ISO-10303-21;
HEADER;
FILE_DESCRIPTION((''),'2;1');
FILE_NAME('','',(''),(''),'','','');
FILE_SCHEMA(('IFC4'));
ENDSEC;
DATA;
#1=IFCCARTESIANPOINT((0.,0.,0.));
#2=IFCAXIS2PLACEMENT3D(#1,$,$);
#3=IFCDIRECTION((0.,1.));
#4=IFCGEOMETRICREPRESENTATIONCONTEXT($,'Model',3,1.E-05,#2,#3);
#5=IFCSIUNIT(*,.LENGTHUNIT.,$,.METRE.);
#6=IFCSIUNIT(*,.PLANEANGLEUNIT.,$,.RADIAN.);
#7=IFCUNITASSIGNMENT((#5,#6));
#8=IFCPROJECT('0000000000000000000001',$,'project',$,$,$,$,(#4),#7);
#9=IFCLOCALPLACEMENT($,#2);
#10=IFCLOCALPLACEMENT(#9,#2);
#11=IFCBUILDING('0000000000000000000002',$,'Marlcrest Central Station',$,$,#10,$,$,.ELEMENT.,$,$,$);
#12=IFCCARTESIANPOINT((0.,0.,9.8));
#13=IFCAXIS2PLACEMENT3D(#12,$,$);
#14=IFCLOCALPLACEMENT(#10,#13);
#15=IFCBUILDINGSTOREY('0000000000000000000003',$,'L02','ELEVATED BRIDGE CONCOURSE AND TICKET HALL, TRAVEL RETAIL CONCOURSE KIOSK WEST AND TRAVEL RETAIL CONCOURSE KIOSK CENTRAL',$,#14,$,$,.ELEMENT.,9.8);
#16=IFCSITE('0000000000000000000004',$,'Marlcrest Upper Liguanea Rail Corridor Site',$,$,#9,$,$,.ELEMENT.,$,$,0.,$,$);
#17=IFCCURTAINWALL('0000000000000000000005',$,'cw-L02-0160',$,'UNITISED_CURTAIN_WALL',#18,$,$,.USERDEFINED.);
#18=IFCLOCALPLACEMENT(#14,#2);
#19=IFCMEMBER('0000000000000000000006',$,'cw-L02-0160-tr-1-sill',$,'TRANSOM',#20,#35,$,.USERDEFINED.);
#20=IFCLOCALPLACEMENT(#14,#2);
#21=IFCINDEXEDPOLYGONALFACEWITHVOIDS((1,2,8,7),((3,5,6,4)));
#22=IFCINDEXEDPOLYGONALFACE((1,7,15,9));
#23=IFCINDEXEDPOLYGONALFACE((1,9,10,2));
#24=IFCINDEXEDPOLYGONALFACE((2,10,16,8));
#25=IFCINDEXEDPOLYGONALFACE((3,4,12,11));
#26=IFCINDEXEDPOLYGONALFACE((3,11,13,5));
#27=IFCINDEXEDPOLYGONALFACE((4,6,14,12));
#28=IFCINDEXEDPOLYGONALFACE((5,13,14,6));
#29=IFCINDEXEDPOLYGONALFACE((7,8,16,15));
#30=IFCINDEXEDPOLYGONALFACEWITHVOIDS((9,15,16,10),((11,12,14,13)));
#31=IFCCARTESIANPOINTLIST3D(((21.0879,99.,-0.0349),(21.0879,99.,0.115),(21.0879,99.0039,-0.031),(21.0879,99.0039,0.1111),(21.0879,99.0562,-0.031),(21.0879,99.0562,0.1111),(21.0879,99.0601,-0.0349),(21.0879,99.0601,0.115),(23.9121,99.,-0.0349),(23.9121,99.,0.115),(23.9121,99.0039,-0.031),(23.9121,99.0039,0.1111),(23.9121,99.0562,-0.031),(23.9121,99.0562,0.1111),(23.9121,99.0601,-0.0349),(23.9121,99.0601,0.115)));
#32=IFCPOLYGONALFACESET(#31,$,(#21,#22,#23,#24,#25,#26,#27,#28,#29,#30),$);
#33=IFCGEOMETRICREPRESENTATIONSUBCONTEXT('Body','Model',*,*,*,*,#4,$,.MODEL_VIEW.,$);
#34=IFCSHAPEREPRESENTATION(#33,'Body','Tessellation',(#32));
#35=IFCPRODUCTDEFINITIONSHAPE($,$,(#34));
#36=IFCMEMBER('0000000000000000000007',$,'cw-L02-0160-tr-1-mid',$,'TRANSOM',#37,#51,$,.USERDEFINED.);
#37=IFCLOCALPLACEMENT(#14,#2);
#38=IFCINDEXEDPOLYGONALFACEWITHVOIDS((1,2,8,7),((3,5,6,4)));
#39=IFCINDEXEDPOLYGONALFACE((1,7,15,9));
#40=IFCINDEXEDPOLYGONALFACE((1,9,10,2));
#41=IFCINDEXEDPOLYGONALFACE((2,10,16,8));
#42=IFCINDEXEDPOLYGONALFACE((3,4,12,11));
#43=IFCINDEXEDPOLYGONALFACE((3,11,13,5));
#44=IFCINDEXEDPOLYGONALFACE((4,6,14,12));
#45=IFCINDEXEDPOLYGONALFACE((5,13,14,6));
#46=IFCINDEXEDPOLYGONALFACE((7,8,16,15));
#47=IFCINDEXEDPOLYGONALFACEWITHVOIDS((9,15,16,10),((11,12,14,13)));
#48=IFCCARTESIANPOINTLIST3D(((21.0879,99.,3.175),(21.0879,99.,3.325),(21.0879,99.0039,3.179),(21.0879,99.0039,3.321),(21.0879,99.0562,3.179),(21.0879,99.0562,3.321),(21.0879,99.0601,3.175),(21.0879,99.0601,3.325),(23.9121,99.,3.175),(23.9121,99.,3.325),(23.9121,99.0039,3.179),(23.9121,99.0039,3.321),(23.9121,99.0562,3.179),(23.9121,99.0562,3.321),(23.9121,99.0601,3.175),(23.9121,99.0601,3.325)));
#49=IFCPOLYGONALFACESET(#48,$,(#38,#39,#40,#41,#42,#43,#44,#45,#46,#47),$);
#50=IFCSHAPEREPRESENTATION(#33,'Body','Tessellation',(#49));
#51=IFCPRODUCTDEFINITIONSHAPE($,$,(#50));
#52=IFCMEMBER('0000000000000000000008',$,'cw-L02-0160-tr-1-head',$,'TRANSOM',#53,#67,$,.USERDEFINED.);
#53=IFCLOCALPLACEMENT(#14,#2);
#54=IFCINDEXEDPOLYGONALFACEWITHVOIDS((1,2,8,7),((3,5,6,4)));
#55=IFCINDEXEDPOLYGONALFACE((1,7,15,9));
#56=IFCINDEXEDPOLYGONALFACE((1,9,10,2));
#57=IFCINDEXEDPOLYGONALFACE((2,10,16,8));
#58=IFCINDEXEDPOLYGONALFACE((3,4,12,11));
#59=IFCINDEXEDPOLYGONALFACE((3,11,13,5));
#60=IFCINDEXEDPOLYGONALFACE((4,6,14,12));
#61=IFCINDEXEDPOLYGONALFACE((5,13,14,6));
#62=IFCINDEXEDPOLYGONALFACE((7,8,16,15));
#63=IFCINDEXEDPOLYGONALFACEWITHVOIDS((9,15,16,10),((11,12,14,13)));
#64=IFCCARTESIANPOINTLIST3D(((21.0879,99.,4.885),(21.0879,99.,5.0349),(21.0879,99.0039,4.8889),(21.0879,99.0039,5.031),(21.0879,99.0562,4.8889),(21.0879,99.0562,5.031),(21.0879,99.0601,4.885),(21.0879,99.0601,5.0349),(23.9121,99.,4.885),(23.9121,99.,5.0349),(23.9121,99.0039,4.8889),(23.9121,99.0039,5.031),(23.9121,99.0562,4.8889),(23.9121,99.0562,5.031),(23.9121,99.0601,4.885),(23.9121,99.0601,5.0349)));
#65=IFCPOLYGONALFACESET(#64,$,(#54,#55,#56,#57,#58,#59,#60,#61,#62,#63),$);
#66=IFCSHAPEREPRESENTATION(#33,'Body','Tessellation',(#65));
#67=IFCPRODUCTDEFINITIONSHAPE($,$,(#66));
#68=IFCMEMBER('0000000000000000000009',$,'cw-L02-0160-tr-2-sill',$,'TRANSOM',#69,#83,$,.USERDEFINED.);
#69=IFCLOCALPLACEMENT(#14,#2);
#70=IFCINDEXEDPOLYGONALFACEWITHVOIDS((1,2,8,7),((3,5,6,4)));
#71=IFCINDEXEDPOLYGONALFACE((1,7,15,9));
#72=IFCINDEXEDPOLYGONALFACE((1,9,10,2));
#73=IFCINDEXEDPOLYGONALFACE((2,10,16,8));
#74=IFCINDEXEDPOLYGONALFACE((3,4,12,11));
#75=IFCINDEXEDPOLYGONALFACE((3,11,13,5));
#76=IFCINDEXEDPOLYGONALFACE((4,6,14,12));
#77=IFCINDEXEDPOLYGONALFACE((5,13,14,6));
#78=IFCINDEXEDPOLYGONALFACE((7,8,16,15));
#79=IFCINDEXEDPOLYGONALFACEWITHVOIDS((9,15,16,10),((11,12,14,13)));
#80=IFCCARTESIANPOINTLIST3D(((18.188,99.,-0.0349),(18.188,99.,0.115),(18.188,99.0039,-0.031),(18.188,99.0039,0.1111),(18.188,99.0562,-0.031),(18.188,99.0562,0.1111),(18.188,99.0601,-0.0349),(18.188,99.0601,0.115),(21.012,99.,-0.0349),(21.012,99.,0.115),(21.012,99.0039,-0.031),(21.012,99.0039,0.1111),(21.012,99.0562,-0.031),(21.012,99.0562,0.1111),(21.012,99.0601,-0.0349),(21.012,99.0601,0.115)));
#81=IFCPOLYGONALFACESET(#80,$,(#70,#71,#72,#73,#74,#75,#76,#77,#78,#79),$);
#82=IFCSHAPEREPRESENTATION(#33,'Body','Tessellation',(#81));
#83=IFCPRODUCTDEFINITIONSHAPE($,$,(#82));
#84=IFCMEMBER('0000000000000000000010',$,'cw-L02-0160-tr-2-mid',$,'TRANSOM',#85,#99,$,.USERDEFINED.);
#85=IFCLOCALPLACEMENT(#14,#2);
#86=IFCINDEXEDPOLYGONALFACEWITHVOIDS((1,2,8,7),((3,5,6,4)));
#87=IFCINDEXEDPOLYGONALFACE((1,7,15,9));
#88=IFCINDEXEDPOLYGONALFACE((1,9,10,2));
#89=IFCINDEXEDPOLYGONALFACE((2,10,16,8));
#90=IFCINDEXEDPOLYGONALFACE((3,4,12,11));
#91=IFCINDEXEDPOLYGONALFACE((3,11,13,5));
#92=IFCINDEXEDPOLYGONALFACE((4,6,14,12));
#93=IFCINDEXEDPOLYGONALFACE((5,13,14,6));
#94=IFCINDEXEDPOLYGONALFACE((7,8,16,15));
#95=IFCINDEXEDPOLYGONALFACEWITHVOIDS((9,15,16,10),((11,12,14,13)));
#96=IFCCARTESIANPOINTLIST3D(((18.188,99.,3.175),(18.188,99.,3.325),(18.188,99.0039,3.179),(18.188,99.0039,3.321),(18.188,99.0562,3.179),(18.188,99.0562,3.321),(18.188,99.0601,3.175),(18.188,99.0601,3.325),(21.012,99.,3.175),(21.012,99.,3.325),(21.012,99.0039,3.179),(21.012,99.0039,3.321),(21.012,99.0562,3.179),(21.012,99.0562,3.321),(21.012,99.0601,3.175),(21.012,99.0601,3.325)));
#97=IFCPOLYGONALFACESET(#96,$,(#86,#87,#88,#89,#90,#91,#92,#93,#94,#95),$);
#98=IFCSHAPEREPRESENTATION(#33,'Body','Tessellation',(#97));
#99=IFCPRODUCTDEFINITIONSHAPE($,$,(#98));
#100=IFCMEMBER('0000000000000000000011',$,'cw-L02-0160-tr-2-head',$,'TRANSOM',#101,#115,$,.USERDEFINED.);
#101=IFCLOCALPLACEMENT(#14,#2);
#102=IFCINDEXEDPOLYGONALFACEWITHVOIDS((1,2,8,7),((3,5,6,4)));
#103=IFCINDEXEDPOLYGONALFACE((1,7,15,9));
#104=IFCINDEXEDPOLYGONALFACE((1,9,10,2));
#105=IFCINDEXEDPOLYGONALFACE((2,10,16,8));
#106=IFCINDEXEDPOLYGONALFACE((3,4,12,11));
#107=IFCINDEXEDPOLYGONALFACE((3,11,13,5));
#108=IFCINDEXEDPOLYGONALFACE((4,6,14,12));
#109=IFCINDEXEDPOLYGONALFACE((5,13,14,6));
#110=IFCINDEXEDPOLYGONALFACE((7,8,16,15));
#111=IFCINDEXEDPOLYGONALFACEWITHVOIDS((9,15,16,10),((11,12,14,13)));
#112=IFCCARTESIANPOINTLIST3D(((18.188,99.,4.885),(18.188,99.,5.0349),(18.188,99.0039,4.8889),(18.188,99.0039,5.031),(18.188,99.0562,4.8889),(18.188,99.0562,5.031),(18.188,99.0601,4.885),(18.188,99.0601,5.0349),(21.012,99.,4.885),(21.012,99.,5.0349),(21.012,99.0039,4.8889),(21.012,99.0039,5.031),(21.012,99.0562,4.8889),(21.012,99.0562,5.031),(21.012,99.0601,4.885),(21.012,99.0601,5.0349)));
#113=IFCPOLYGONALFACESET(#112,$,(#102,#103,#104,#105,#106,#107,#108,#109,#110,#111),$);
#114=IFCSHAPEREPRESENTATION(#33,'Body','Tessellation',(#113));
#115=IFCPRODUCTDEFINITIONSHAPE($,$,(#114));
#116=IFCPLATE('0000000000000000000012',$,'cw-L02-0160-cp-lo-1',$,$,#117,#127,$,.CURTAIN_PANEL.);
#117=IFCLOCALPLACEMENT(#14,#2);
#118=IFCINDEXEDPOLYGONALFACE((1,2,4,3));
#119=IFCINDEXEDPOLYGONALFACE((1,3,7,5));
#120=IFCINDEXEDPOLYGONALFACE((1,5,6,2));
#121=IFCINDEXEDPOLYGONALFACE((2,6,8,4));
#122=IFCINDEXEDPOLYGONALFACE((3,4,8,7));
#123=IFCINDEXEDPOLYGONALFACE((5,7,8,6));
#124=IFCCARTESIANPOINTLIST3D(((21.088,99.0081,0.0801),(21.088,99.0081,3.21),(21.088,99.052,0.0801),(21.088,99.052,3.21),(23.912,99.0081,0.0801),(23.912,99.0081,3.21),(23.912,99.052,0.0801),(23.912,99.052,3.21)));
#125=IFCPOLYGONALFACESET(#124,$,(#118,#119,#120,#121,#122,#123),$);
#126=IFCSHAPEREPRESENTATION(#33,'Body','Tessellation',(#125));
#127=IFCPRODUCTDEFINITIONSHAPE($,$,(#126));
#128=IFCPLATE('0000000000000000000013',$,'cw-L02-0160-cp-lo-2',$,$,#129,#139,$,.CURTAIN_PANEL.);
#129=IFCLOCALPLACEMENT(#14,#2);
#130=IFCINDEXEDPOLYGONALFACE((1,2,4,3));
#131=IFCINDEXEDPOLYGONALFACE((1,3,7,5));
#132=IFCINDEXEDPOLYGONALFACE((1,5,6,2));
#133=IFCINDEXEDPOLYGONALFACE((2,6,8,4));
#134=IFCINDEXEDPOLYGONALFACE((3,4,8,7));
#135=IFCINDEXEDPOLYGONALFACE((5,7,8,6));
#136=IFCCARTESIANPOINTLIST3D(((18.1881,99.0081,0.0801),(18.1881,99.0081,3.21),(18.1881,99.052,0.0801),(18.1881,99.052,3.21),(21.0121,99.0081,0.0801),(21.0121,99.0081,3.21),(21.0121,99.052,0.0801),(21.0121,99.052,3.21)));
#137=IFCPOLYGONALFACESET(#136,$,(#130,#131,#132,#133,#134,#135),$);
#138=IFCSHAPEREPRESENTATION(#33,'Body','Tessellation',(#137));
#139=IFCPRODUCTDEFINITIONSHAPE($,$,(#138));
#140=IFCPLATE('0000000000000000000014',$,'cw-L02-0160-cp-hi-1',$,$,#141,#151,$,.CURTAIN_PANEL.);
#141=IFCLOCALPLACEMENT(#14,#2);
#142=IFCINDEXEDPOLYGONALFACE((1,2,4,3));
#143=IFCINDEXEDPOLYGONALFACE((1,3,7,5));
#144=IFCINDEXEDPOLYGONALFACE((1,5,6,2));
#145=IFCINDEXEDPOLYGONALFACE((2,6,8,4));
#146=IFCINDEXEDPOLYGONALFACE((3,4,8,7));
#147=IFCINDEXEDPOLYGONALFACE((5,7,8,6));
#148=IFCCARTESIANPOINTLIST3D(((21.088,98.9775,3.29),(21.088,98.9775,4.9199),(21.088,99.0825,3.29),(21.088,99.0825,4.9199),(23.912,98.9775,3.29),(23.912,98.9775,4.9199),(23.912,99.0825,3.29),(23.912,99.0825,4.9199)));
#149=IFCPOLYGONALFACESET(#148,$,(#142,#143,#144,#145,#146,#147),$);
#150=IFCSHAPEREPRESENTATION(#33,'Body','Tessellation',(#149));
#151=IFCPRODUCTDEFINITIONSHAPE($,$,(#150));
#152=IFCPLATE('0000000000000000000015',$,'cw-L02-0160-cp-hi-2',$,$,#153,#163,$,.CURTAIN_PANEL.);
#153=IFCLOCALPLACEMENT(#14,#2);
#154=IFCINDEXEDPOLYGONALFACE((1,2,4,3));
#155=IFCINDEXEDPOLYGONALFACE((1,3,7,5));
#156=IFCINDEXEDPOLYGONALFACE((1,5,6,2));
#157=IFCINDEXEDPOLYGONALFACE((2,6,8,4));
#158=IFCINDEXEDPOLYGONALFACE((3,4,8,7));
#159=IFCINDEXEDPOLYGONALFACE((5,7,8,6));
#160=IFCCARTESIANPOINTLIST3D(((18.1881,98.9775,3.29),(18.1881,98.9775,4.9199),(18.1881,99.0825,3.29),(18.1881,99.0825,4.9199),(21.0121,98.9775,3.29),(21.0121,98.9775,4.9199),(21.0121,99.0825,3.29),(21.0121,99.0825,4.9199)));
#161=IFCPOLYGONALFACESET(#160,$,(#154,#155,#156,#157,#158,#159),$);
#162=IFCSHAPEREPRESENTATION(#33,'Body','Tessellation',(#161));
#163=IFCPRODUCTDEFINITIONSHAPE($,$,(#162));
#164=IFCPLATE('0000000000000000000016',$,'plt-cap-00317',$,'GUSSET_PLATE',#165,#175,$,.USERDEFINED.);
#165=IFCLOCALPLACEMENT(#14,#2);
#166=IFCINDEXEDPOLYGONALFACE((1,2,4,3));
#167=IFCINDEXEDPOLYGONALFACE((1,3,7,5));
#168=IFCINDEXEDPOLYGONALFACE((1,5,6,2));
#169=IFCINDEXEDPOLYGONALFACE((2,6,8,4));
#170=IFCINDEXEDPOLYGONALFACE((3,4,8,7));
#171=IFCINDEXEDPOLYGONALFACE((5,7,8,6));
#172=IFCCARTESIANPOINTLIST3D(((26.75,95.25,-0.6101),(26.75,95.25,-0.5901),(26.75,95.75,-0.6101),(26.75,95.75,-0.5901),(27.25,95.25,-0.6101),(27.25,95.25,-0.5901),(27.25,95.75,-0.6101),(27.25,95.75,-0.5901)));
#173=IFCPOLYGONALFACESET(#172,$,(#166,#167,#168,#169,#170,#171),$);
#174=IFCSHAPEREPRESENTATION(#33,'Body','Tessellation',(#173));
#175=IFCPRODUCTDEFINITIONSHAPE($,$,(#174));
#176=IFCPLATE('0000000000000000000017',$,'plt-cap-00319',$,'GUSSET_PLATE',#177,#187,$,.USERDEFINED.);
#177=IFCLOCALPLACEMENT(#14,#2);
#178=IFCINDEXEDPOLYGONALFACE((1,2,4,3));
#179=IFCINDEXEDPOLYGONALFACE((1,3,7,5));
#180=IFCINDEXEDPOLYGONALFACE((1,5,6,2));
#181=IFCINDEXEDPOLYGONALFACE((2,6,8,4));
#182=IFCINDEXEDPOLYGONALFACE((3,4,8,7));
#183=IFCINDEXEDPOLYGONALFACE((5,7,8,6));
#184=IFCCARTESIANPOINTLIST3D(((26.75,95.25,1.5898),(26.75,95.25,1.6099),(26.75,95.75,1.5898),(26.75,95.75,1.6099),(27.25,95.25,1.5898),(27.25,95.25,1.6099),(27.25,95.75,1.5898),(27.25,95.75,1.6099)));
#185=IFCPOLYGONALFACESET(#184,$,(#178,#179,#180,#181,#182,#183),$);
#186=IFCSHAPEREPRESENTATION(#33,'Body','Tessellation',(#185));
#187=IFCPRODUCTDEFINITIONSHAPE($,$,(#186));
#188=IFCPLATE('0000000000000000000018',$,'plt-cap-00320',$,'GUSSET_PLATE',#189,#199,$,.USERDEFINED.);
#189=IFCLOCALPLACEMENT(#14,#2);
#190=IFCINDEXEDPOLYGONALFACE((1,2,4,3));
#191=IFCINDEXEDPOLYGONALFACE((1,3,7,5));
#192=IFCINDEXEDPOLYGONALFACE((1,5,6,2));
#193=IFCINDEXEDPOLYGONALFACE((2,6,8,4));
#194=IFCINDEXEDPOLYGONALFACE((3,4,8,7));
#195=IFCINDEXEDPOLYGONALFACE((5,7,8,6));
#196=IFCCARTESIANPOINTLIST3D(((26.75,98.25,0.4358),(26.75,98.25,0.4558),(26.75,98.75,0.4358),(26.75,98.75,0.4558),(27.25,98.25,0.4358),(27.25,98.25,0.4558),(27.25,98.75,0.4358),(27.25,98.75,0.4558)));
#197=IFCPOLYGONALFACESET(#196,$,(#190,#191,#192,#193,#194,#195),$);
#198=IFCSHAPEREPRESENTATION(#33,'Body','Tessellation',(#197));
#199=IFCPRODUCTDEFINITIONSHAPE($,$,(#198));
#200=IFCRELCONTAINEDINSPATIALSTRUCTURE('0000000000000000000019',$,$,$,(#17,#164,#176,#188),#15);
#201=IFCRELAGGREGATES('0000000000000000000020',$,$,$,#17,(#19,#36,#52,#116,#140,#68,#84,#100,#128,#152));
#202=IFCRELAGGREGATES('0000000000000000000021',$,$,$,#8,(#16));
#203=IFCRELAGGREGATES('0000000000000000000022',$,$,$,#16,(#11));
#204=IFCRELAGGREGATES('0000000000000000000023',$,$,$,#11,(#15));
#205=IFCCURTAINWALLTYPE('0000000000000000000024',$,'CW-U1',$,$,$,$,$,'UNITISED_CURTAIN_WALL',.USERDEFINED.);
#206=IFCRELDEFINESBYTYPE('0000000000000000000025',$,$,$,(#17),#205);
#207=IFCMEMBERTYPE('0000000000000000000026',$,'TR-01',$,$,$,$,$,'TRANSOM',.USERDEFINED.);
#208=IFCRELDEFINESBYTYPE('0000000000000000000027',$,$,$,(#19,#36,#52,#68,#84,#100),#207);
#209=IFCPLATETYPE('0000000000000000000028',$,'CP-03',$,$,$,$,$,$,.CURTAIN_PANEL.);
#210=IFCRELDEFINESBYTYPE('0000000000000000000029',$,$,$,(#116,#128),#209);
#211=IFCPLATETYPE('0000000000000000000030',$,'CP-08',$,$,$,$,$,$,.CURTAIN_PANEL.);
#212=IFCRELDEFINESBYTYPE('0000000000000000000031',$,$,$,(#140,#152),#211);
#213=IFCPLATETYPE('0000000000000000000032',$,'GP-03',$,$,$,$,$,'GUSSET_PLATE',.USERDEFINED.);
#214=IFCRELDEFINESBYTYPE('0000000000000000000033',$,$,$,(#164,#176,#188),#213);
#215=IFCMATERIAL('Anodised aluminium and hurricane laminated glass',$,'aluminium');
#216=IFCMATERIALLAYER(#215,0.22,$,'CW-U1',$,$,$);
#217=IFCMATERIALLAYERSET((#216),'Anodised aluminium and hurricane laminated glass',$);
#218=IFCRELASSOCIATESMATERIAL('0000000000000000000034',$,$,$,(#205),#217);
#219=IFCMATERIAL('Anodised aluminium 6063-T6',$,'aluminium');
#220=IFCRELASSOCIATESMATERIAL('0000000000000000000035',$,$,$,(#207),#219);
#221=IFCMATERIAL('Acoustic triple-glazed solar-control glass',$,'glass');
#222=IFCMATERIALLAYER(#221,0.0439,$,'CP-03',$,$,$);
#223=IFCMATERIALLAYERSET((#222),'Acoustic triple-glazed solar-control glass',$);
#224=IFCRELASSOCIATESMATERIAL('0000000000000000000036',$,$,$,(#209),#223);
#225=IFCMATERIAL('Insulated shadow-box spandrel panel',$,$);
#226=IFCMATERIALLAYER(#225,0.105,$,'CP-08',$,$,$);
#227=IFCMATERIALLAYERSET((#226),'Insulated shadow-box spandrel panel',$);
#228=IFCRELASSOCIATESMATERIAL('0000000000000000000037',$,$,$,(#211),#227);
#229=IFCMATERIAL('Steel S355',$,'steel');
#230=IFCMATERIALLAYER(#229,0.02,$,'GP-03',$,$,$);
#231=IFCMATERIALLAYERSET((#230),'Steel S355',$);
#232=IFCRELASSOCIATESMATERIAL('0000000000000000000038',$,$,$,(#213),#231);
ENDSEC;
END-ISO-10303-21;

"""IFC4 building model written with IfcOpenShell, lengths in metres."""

from ifc_helpers import new_model, si_unit, direction, frame, origin, origin_2d, place, context, subcontext, project, spatial, rectangle, hollow_rectangle, extrude, material, layer, layer_set, material_profile, profile_set, type_object, element, aggregate, save


model = new_model("IFC4")

# Units and contexts
model_context = context("Model", 3, precision=1e-05, world=origin(), true_north=direction((0.0, 1.0)))
body_context = subcontext(model_context, "Body", "Model", "MODEL_VIEW")
ifc_project = project(units=[si_unit("LENGTHUNIT", "METRE"), si_unit("PLANEANGLEUNIT", "RADIAN")], contexts=[model_context])

# Site, building, storey
site_placement = place(None, origin())
site = spatial("IfcSite", under=ifc_project, at=site_placement, Name="Marlcrest Upper Liguanea Rail Corridor Site", CompositionType="ELEMENT", RefElevation=0.0)
building_placement = place(site_placement, origin())
building = spatial("IfcBuilding", under=site, at=building_placement, Name="Marlcrest Central Station", CompositionType="ELEMENT")
storey_placement = place(building_placement, frame((0.0, 0.0, 9.8)))
storey = spatial("IfcBuildingStorey", under=building, at=storey_placement, Name="L02", Description="ELEVATED BRIDGE CONCOURSE AND TICKET HALL, TRAVEL RETAIL CONCOURSE KIOSK WEST AND TRAVEL RETAIL CONCOURSE KIOSK CENTRAL", CompositionType="ELEMENT", Elevation=9.8)

# Shared definitions
ifc_material_1 = material(Name="Steel S355", Category="steel")

# Curtain wall
ifc_material_2 = material(Name="Anodised aluminium and hurricane laminated glass", Category="aluminium")
ifc_layer_1 = layer(ifc_material_2, 0.22, Name="CW-U1")
ifc_layer_set_1 = layer_set([ifc_layer_1], Name="Anodised aluminium and hurricane laminated glass")
curtain_wall_type = type_object("IfcCurtainWallType", Name="CW-U1", ElementType="UNITISED_CURTAIN_WALL", PredefinedType="USERDEFINED", material=ifc_layer_set_1)
curtain_wall_placement = place(storey_placement, origin())
curtain_wall = element("IfcCurtainWall", 1, at=curtain_wall_placement, inside=storey, type_object=curtain_wall_type, Name="cw-L02-0160", ObjectType="UNITISED_CURTAIN_WALL", PredefinedType="USERDEFINED")
ifc_material_3 = material(Name="Anodised aluminium 6063-T6", Category="aluminium")

# Members
ifc_material_profile_1 = material_profile(ifc_material_3, hollow_rectangle(XDim=0.0601, YDim=0.1499, WallThickness=0.0039, at=origin_2d()), Name="AA-RHS 150x60x4")
ifc_profile_set_1 = profile_set([ifc_material_profile_1], Name="Anodised aluminium 6063-T6")
member_type_1 = type_object("IfcMemberType", Name="TR-01", ElementType="TRANSOM", PredefinedType="USERDEFINED", material=ifc_profile_set_1)
member_1_placement = place(storey_placement, frame((23.9121, 99.03, 0.04), z_axis=(-1.0, 0.0, 0.0), x_axis=(0.0, -1.0, 0.0)))
member_1 = element("IfcMember", 2, at=member_1_placement, type_object=member_type_1, Name="cw-L02-0160-tr-1-sill", ObjectType="TRANSOM", PredefinedType="USERDEFINED", context=body_context, shape_type="SweptSolid", body=[
    extrude(hollow_rectangle(XDim=0.0601, YDim=0.1499, WallThickness=0.0039, at=origin_2d()), origin(), (0.0, 0.0, 1.0), 2.8242),
])
member_2_placement = place(storey_placement, frame((23.9121, 99.03, 3.25), z_axis=(-1.0, 0.0, 0.0), x_axis=(0.0, -1.0, 0.0)))
member_2 = element("IfcMember", 3, at=member_2_placement, type_object=member_type_1, Name="cw-L02-0160-tr-1-mid", ObjectType="TRANSOM", PredefinedType="USERDEFINED", context=body_context, shape_type="SweptSolid", body=[
    extrude(hollow_rectangle(XDim=0.0601, YDim=0.1499, WallThickness=0.0039, at=origin_2d()), origin(), (0.0, 0.0, 1.0), 2.8242),
])
member_3_placement = place(storey_placement, frame((23.9121, 99.03, 4.96), z_axis=(-1.0, 0.0, 0.0), x_axis=(0.0, -1.0, 0.0)))
member_3 = element("IfcMember", 4, at=member_3_placement, type_object=member_type_1, Name="cw-L02-0160-tr-1-head", ObjectType="TRANSOM", PredefinedType="USERDEFINED", context=body_context, shape_type="SweptSolid", body=[
    extrude(hollow_rectangle(XDim=0.0601, YDim=0.1499, WallThickness=0.0039, at=origin_2d()), origin(), (0.0, 0.0, 1.0), 2.8242),
])
member_4_placement = place(storey_placement, frame((21.012, 99.03, 0.04), z_axis=(-1.0, 0.0, 0.0), x_axis=(0.0, -1.0, 0.0)))
member_4 = element("IfcMember", 5, at=member_4_placement, type_object=member_type_1, Name="cw-L02-0160-tr-2-sill", ObjectType="TRANSOM", PredefinedType="USERDEFINED", context=body_context, shape_type="SweptSolid", body=[
    extrude(hollow_rectangle(XDim=0.0601, YDim=0.1499, WallThickness=0.0039, at=origin_2d()), origin(), (0.0, 0.0, 1.0), 2.824),
])
member_5_placement = place(storey_placement, frame((21.012, 99.03, 3.25), z_axis=(-1.0, 0.0, 0.0), x_axis=(0.0, -1.0, 0.0)))
member_5 = element("IfcMember", 6, at=member_5_placement, type_object=member_type_1, Name="cw-L02-0160-tr-2-mid", ObjectType="TRANSOM", PredefinedType="USERDEFINED", context=body_context, shape_type="SweptSolid", body=[
    extrude(hollow_rectangle(XDim=0.0601, YDim=0.1499, WallThickness=0.0039, at=origin_2d()), origin(), (0.0, 0.0, 1.0), 2.824),
])
member_6_placement = place(storey_placement, frame((21.012, 99.03, 4.96), z_axis=(-1.0, 0.0, 0.0), x_axis=(0.0, -1.0, 0.0)))
member_6 = element("IfcMember", 7, at=member_6_placement, type_object=member_type_1, Name="cw-L02-0160-tr-2-head", ObjectType="TRANSOM", PredefinedType="USERDEFINED", context=body_context, shape_type="SweptSolid", body=[
    extrude(hollow_rectangle(XDim=0.0601, YDim=0.1499, WallThickness=0.0039, at=origin_2d()), origin(), (0.0, 0.0, 1.0), 2.824),
])

# Plates
ifc_material_4 = material(Name="Acoustic triple-glazed solar-control glass", Category="glass")
ifc_layer_2 = layer(ifc_material_4, 0.0439, Name="CP-03")
ifc_layer_set_2 = layer_set([ifc_layer_2], Name="Acoustic triple-glazed solar-control glass")
plate_type_1 = type_object("IfcPlateType", Name="CP-03", PredefinedType="CURTAIN_PANEL", material=ifc_layer_set_2)
plate_1_placement = place(storey_placement, frame((22.5, 99.03, 0.0801), z_axis=(0.0, 0.0, 1.0), x_axis=(-1.0, 0.0, 0.0)))
plate_1 = element("IfcPlate", 8, at=plate_1_placement, type_object=plate_type_1, Name="cw-L02-0160-cp-lo-1", PredefinedType="CURTAIN_PANEL", context=body_context, shape_type="SweptSolid", body=[
    extrude(rectangle(XDim=2.824, YDim=0.0439, at=origin_2d()), origin(), (0.0, 0.0, 1.0), 3.1299),
])
plate_2_placement = place(storey_placement, frame((19.6001, 99.03, 0.0801), z_axis=(0.0, 0.0, 1.0), x_axis=(-1.0, 0.0, 0.0)))
plate_2 = element("IfcPlate", 9, at=plate_2_placement, type_object=plate_type_1, Name="cw-L02-0160-cp-lo-2", PredefinedType="CURTAIN_PANEL", context=body_context, shape_type="SweptSolid", body=[
    extrude(rectangle(XDim=2.824, YDim=0.0439, at=origin_2d()), origin(), (0.0, 0.0, 1.0), 3.1299),
])
ifc_material_5 = material(Name="Insulated shadow-box spandrel panel")
ifc_layer_3 = layer(ifc_material_5, 0.105, Name="CP-08")
ifc_layer_set_3 = layer_set([ifc_layer_3], Name="Insulated shadow-box spandrel panel")
plate_type_2 = type_object("IfcPlateType", Name="CP-08", PredefinedType="CURTAIN_PANEL", material=ifc_layer_set_3)
plate_3_placement = place(storey_placement, frame((22.5, 99.03, 3.29), z_axis=(0.0, 0.0, 1.0), x_axis=(-1.0, 0.0, 0.0)))
plate_3 = element("IfcPlate", 10, at=plate_3_placement, type_object=plate_type_2, Name="cw-L02-0160-cp-hi-1", PredefinedType="CURTAIN_PANEL", context=body_context, shape_type="SweptSolid", body=[
    extrude(rectangle(XDim=2.824, YDim=0.105, at=origin_2d()), origin(), (0.0, 0.0, 1.0), 1.6299),
])
plate_4_placement = place(storey_placement, frame((19.6001, 99.03, 3.29), z_axis=(0.0, 0.0, 1.0), x_axis=(-1.0, 0.0, 0.0)))
plate_4 = element("IfcPlate", 11, at=plate_4_placement, type_object=plate_type_2, Name="cw-L02-0160-cp-hi-2", PredefinedType="CURTAIN_PANEL", context=body_context, shape_type="SweptSolid", body=[
    extrude(rectangle(XDim=2.824, YDim=0.105, at=origin_2d()), origin(), (0.0, 0.0, 1.0), 1.6299),
])
aggregate(curtain_wall, [member_1, member_2, member_3, plate_1, plate_3, member_4, member_5, member_6, plate_2, plate_4])

# Plates
ifc_layer_4 = layer(ifc_material_1, 0.02, Name="GP-03")
ifc_layer_set_4 = layer_set([ifc_layer_4], Name="Steel S355")
plate_type_3 = type_object("IfcPlateType", Name="GP-03", ElementType="GUSSET_PLATE", PredefinedType="USERDEFINED", material=ifc_layer_set_4)
for number, where, z_axis, x_axis, name in (
    (12, (27.0, 95.5, -0.6101), (0.0, 0.0, 1.0), (1.0, 0.0, 0.0), "plt-cap-00317"),
    (13, (27.0, 95.5, 1.5898), (0.0, 0.0, 1.0), (1.0, 0.0, 0.0), "plt-cap-00319"),
    (14, (27.0, 98.5, 0.4358), (0.0, 0.0, 1.0), (1.0, 0.0, 0.0), "plt-cap-00320"),
):
    element("IfcPlate", number, at=place(storey_placement, frame(where, z_axis=z_axis, x_axis=x_axis)), inside=storey, type_object=plate_type_3, Name=name, ObjectType="GUSSET_PLATE", PredefinedType="USERDEFINED", context=body_context, shape_type="SweptSolid", body=[
        extrude(rectangle(XDim=0.5, YDim=0.5, at=origin_2d()), origin(), (0.0, 0.0, 1.0), 0.02),
    ])

save(model, "model.ifc")
